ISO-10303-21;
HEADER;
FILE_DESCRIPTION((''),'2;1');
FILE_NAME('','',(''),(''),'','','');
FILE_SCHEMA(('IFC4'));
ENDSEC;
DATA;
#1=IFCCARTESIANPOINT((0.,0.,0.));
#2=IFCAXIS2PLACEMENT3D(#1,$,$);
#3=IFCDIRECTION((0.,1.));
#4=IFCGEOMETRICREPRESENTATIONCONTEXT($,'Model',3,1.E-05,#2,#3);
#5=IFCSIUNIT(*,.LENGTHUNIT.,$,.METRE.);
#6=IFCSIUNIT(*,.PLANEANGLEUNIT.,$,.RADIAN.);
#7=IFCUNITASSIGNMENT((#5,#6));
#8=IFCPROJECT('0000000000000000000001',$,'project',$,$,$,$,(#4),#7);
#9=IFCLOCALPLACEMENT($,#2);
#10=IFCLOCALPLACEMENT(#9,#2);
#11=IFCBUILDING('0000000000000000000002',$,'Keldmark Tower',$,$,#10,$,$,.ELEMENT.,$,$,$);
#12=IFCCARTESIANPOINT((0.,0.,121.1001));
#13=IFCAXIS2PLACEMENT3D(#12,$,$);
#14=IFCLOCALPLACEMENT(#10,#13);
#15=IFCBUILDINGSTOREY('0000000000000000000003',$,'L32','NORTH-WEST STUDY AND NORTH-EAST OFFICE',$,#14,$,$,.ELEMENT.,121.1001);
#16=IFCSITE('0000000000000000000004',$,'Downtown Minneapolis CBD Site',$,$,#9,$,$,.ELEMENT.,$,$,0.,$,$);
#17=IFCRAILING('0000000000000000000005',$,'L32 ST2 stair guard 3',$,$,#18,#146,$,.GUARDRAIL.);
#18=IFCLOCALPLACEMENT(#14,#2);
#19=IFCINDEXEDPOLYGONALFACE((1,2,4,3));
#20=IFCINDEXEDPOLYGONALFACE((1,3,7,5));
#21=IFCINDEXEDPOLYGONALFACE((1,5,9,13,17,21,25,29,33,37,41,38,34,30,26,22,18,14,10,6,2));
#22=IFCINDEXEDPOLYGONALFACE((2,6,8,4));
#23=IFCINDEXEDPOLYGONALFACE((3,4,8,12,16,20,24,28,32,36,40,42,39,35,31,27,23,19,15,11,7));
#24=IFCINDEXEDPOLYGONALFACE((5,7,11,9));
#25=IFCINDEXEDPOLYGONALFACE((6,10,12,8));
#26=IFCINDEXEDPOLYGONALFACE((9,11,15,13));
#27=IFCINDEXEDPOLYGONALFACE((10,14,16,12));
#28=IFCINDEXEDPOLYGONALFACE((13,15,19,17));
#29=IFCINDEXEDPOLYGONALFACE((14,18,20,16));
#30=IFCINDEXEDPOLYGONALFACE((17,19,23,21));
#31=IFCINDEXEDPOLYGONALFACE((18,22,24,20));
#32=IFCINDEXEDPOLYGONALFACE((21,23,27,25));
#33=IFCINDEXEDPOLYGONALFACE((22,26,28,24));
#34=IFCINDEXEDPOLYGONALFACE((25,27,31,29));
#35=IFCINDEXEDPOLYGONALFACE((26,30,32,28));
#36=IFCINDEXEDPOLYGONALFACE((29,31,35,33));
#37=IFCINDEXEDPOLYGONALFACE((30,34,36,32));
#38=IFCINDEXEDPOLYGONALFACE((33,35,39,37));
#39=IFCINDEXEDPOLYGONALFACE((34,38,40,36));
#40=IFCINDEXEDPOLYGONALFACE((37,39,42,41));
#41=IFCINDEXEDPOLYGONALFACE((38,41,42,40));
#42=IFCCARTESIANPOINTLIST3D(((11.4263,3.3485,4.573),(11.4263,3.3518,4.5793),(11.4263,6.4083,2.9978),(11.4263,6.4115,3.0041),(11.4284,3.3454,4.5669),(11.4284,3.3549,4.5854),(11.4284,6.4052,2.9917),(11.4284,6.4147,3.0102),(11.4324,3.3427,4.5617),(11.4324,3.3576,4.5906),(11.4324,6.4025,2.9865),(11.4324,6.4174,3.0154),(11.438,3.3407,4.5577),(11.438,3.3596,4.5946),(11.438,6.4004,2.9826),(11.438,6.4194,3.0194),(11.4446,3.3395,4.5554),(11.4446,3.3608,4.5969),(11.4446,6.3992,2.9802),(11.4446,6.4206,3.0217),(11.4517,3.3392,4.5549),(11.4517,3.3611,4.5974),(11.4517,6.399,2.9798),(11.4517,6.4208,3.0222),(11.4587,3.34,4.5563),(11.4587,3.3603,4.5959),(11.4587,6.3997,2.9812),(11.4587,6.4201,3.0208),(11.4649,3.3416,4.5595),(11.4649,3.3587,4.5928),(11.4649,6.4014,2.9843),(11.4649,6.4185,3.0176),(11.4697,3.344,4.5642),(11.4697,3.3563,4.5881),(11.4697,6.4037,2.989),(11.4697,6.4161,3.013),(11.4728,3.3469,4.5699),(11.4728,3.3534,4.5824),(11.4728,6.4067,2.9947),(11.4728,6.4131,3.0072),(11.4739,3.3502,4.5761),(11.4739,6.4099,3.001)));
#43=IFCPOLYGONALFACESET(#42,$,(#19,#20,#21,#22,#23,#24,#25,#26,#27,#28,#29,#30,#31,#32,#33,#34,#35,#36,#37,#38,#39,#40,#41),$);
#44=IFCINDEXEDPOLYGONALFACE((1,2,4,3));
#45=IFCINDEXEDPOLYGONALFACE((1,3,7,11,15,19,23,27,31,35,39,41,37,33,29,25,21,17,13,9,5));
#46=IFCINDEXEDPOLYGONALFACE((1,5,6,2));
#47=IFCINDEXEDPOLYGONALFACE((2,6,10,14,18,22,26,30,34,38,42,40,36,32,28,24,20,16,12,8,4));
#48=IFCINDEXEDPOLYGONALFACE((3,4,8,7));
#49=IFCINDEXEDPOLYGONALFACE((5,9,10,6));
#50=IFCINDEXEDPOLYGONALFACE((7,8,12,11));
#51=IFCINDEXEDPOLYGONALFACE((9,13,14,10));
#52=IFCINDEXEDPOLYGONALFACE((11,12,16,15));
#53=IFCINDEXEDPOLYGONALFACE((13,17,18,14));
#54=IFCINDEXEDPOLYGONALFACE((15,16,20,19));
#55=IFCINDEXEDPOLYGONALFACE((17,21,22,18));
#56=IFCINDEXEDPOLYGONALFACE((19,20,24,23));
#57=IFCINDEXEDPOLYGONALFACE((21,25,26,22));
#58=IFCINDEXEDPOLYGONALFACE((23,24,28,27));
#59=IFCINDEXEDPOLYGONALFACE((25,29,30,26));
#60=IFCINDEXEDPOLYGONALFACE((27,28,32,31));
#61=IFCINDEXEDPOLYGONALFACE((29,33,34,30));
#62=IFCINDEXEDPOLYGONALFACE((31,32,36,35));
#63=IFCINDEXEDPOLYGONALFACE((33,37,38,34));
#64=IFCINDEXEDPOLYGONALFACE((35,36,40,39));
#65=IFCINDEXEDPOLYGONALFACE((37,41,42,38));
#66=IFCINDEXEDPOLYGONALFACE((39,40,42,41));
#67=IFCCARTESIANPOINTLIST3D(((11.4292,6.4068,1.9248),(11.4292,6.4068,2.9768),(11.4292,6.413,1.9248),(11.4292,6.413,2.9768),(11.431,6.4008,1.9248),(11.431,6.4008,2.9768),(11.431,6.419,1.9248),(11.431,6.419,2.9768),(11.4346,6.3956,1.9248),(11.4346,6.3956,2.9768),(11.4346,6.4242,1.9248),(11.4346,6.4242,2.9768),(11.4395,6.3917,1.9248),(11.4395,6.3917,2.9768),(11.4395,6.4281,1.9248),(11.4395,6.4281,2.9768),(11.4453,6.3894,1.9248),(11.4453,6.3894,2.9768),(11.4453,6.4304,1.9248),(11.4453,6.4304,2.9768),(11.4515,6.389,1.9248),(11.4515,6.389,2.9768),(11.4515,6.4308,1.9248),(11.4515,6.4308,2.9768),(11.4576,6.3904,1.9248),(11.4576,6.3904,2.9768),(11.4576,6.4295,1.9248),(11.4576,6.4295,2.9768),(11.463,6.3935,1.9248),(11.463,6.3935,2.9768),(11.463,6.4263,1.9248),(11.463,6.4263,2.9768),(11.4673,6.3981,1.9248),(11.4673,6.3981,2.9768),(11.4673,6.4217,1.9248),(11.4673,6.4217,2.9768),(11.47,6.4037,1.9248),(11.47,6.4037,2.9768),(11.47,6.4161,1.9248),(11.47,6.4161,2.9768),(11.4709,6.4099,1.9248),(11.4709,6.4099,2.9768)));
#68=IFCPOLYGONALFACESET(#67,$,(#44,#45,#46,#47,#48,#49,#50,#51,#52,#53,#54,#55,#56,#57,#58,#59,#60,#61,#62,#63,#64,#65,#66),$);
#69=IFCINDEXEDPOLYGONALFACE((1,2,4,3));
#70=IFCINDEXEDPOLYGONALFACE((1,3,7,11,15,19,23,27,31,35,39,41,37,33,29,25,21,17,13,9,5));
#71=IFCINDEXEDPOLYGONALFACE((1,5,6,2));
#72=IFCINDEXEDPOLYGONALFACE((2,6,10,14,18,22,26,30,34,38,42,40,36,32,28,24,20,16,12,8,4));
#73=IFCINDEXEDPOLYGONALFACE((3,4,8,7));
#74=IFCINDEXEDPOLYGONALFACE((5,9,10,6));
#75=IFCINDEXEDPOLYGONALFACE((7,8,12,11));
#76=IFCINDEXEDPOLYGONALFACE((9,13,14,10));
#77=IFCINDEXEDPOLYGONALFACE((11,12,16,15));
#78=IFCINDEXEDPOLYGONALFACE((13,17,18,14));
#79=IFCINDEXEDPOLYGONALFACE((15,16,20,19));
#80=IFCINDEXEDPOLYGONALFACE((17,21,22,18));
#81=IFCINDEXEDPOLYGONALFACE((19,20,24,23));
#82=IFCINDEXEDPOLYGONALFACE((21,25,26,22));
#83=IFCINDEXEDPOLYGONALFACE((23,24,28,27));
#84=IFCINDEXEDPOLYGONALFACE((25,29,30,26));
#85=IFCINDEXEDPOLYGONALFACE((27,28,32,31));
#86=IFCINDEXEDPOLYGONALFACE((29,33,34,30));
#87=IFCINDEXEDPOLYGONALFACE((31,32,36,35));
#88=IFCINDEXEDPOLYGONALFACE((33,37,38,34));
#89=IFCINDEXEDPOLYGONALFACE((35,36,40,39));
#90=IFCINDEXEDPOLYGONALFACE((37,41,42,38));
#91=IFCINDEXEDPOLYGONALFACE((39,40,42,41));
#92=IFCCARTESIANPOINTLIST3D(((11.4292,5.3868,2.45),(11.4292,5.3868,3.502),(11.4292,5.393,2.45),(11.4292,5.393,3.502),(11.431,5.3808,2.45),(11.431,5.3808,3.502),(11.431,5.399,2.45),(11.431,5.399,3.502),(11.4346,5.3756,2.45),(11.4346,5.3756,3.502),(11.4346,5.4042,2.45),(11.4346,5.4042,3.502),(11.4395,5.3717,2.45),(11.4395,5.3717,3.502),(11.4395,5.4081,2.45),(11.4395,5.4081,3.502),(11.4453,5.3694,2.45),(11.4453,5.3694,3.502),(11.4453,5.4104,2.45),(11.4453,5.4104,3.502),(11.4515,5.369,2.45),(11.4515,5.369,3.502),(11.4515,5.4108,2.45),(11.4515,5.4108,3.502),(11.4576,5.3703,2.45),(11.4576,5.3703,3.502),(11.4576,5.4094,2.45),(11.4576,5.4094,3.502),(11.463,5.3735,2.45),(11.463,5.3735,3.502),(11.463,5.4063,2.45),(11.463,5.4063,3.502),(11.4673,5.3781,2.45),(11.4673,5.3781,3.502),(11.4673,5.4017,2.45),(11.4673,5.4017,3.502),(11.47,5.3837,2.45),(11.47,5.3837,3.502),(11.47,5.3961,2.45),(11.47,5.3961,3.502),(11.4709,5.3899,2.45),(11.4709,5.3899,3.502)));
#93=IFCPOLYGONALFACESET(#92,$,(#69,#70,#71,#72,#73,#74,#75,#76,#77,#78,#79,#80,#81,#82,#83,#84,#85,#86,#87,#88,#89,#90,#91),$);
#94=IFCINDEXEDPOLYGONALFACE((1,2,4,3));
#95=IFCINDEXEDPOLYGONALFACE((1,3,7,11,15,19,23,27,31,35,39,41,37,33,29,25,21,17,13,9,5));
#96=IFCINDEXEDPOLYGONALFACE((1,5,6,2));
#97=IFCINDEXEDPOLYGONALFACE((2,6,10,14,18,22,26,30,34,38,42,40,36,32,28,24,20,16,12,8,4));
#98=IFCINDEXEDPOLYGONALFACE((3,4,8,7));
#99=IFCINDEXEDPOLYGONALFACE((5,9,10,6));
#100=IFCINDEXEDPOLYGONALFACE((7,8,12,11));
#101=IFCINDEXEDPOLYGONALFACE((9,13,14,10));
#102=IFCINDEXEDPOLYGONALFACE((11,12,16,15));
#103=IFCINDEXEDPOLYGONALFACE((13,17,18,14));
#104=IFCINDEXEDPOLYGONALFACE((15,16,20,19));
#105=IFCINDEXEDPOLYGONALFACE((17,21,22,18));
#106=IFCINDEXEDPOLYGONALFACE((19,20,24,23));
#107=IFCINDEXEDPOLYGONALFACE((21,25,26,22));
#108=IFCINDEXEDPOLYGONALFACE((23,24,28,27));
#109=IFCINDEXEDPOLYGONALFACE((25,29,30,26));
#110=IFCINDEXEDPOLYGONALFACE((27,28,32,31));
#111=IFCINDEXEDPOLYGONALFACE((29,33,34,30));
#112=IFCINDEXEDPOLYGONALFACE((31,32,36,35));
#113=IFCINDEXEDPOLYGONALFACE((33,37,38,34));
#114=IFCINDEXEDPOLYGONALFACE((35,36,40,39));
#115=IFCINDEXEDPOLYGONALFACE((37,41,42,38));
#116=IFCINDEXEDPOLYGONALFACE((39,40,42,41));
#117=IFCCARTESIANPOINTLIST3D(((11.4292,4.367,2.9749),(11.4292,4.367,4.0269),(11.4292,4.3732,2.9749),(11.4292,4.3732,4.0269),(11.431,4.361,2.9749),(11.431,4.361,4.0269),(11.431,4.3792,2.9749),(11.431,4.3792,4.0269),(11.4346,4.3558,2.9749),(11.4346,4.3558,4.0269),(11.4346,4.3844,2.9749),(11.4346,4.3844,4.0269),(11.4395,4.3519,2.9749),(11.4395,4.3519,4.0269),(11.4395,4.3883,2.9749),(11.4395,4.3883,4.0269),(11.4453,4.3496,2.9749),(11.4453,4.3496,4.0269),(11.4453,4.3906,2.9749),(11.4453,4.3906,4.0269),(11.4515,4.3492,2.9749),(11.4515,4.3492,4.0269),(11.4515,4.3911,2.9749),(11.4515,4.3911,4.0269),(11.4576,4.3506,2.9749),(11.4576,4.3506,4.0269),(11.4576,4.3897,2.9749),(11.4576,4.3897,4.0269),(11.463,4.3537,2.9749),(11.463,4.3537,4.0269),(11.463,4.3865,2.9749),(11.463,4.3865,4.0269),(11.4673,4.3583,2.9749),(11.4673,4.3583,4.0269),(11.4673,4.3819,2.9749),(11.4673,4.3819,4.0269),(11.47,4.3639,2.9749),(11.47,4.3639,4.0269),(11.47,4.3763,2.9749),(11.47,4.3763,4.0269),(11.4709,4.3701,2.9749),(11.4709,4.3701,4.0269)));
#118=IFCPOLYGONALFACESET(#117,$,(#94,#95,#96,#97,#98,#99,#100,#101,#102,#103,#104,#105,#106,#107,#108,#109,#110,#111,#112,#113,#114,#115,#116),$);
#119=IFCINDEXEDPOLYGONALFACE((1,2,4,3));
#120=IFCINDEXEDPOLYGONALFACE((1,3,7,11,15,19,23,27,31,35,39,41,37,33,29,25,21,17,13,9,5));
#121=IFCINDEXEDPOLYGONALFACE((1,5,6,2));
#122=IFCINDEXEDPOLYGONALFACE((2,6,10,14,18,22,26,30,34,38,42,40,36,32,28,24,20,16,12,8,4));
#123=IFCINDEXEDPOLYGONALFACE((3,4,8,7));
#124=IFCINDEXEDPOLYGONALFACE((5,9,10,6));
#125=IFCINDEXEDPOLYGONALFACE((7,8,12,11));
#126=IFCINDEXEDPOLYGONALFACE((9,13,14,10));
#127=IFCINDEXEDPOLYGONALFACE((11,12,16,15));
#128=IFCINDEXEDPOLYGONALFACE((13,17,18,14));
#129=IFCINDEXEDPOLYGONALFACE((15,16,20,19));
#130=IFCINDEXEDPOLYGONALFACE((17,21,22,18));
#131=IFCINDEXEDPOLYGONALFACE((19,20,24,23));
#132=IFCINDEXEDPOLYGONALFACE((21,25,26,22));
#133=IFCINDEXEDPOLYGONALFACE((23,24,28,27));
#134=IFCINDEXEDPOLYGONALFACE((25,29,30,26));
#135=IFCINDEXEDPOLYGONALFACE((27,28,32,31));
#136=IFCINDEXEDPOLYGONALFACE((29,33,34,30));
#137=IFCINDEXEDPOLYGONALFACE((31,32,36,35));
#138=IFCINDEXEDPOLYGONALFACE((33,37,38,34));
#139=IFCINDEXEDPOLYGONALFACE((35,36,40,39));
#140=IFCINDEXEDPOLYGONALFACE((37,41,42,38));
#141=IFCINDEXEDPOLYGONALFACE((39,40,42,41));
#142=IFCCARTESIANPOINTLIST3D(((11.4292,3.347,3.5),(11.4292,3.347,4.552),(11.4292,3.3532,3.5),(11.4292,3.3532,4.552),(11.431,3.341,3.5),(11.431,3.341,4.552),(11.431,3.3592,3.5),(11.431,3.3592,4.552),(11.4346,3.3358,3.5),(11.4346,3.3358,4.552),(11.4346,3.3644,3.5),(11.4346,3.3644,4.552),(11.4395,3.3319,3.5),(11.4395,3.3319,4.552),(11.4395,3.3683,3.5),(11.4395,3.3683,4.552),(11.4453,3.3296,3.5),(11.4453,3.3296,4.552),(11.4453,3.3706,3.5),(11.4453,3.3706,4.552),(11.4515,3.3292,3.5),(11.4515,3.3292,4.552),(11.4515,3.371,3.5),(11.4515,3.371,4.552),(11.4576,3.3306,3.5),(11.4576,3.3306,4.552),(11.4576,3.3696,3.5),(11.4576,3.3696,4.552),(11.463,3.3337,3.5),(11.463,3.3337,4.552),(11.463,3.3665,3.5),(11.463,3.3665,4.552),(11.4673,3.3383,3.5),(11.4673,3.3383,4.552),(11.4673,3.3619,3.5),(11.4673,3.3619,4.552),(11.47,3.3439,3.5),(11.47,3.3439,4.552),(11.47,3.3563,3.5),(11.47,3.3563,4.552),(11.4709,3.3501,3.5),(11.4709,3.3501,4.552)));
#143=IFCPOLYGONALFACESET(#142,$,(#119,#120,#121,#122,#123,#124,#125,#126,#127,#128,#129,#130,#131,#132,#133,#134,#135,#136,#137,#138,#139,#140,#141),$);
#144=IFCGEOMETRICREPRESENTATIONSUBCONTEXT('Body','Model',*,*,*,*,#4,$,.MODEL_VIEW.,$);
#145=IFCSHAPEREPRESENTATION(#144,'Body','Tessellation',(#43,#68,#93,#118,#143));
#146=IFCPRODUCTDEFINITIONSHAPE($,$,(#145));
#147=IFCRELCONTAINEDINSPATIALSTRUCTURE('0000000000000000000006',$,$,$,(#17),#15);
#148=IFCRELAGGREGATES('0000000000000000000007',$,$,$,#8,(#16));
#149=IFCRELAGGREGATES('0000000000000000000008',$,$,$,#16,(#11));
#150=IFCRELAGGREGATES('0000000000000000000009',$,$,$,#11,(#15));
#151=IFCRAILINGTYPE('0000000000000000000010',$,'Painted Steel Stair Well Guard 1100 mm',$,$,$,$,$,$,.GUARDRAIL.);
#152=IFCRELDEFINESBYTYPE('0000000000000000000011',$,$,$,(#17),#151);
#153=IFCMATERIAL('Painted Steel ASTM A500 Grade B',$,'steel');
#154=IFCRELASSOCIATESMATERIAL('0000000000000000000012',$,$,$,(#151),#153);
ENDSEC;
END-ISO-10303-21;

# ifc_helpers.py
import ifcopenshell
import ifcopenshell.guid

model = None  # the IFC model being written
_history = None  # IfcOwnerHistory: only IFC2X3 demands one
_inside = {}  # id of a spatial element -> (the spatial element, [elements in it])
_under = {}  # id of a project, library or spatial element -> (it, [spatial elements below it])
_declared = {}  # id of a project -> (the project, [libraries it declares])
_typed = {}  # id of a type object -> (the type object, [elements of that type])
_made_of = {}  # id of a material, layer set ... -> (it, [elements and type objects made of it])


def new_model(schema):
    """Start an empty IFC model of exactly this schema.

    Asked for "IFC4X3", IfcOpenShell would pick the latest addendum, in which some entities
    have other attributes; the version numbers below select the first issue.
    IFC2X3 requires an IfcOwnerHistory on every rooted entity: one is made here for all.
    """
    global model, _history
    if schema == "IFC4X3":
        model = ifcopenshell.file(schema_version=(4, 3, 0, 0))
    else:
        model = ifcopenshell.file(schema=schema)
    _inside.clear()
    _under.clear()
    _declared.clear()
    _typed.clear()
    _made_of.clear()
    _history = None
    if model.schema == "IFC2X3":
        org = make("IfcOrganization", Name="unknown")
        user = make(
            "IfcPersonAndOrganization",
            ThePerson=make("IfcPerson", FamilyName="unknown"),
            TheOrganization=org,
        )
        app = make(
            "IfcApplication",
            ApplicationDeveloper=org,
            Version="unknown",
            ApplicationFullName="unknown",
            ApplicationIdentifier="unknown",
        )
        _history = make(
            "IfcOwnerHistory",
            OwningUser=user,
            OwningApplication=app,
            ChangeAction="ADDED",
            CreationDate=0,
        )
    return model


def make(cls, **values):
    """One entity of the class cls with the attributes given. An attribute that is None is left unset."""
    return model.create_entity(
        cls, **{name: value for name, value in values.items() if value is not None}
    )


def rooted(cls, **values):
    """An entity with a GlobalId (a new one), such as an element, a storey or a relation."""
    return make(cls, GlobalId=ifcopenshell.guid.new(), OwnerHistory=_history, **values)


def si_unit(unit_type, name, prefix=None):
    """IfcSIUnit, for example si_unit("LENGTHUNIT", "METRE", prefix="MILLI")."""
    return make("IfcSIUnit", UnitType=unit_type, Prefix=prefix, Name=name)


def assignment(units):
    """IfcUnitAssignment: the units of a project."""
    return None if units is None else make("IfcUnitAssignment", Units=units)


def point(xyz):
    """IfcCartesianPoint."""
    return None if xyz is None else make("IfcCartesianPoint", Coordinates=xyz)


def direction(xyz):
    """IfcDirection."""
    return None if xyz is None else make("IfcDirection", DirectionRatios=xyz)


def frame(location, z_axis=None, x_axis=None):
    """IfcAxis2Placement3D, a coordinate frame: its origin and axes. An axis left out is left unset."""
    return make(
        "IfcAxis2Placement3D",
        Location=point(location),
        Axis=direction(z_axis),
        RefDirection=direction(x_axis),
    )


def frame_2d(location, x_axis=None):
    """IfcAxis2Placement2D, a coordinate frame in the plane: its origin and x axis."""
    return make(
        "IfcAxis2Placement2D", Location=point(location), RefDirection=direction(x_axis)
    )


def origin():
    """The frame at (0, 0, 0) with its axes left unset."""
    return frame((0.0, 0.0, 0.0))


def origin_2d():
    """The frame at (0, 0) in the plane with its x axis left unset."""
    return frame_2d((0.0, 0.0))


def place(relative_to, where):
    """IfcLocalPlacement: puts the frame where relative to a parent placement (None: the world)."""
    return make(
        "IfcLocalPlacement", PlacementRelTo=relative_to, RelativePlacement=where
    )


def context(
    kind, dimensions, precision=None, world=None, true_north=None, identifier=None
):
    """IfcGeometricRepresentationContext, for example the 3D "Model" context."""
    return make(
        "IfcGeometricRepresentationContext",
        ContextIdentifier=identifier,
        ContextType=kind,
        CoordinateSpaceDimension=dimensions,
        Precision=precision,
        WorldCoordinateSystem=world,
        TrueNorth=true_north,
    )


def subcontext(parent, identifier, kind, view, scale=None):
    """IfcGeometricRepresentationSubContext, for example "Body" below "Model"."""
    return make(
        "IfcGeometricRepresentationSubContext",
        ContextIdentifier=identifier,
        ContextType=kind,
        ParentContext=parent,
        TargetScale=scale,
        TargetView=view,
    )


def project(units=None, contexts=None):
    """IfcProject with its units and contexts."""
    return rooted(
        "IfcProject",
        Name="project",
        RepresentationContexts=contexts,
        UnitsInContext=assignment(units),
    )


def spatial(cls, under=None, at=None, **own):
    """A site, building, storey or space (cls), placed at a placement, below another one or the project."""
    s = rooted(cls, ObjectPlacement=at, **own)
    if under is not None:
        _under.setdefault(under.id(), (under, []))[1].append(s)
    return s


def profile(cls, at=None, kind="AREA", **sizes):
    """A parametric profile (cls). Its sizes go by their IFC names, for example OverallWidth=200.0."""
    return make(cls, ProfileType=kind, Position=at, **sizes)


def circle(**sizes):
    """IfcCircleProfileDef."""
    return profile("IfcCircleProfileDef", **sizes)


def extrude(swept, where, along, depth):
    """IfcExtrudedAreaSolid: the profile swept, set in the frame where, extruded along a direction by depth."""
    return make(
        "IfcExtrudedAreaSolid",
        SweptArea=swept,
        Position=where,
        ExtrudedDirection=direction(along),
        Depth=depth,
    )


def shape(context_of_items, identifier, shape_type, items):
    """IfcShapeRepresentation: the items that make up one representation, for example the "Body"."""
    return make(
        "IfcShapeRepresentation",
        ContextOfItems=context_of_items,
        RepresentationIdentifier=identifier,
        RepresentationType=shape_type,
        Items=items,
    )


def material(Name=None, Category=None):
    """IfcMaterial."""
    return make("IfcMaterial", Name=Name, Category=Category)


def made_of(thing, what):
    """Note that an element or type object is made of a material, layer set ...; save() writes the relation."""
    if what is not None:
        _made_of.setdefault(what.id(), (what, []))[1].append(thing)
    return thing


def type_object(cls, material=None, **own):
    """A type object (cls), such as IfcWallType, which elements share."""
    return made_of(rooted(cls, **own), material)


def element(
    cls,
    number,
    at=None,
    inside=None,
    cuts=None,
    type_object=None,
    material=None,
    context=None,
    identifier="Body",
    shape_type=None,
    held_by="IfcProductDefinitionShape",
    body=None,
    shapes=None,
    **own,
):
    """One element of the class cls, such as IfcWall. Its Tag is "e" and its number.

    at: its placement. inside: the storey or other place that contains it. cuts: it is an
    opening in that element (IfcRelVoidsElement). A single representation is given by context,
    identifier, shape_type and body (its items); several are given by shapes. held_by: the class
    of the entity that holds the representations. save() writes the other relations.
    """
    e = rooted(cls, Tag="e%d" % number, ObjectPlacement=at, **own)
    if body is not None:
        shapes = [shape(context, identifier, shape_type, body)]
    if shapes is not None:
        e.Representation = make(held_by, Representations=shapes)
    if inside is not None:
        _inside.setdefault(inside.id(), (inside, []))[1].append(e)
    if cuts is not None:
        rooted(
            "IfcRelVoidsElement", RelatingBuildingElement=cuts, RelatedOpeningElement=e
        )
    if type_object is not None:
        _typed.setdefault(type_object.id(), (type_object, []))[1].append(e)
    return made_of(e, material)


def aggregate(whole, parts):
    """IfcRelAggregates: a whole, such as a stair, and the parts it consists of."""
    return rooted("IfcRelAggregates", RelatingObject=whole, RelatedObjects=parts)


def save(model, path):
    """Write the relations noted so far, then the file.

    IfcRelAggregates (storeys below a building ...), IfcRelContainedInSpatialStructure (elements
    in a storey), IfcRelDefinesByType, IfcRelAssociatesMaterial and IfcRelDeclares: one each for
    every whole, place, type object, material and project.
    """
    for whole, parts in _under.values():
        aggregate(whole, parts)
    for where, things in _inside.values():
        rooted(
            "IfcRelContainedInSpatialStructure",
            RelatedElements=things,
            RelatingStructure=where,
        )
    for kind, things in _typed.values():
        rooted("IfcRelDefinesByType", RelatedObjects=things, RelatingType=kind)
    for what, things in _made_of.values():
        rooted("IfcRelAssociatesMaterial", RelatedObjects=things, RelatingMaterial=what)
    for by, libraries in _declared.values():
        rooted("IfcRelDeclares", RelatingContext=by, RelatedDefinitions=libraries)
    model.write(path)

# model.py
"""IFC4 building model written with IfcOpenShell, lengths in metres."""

from ifc_helpers import new_model, si_unit, direction, frame, origin, origin_2d, place, context, subcontext, project, spatial, circle, extrude, material, type_object, element, save


model = new_model("IFC4")

# Units and contexts
model_context = context("Model", 3, precision=1e-05, world=origin(), true_north=direction((0.0, 1.0)))
body_context = subcontext(model_context, "Body", "Model", "MODEL_VIEW")
ifc_project = project(units=[si_unit("LENGTHUNIT", "METRE"), si_unit("PLANEANGLEUNIT", "RADIAN")], contexts=[model_context])

# Site, building, storey
site_placement = place(None, origin())
site = spatial("IfcSite", under=ifc_project, at=site_placement, Name="Downtown Minneapolis CBD Site", CompositionType="ELEMENT", RefElevation=0.0)
building_placement = place(site_placement, origin())
building = spatial("IfcBuilding", under=site, at=building_placement, Name="Keldmark Tower", CompositionType="ELEMENT")
storey_placement = place(building_placement, frame((0.0, 0.0, 121.1001)))
storey = spatial("IfcBuildingStorey", under=building, at=storey_placement, Name="L32", Description="NORTH-WEST STUDY AND NORTH-EAST OFFICE", CompositionType="ELEMENT", Elevation=121.1001)

# Railing
ifc_material_1 = material(Name="Painted Steel ASTM A500 Grade B", Category="steel")
railing_type_1 = type_object("IfcRailingType", Name="Painted Steel Stair Well Guard 1100 mm", PredefinedType="GUARDRAIL", material=ifc_material_1)
railing_1_placement = place(storey_placement, frame((11.45, 6.4099, 1.9248)))
element("IfcRailing", 1, at=railing_1_placement, inside=storey, type_object=railing_type_1, Name="L32 ST2 stair guard 3", PredefinedType="GUARDRAIL", context=body_context, shape_type="SweptSolid", body=[
    extrude(circle(Radius=0.0239, at=origin_2d()), frame((0.0, 0.0, 1.0762), z_axis=(0.0, -0.889101, 0.45771), x_axis=(1.0, 0.0, 0.0)), (0.0, 0.0, 1.0), 3.4414),
    extrude(circle(Radius=0.021, at=origin_2d()), origin(), (0.0, 0.0, 1.0), 1.052),
    extrude(circle(Radius=0.021, at=origin_2d()), frame((0.0, -1.02, 0.5251)), (0.0, 0.0, 1.0), 1.052),
    extrude(circle(Radius=0.021, at=origin_2d()), frame((0.0, -2.0398, 1.05)), (0.0, 0.0, 1.0), 1.052),
    extrude(circle(Radius=0.021, at=origin_2d()), frame((0.0, -3.0598, 1.5752)), (0.0, 0.0, 1.0), 1.052),
])

save(model, "model.ifc")
